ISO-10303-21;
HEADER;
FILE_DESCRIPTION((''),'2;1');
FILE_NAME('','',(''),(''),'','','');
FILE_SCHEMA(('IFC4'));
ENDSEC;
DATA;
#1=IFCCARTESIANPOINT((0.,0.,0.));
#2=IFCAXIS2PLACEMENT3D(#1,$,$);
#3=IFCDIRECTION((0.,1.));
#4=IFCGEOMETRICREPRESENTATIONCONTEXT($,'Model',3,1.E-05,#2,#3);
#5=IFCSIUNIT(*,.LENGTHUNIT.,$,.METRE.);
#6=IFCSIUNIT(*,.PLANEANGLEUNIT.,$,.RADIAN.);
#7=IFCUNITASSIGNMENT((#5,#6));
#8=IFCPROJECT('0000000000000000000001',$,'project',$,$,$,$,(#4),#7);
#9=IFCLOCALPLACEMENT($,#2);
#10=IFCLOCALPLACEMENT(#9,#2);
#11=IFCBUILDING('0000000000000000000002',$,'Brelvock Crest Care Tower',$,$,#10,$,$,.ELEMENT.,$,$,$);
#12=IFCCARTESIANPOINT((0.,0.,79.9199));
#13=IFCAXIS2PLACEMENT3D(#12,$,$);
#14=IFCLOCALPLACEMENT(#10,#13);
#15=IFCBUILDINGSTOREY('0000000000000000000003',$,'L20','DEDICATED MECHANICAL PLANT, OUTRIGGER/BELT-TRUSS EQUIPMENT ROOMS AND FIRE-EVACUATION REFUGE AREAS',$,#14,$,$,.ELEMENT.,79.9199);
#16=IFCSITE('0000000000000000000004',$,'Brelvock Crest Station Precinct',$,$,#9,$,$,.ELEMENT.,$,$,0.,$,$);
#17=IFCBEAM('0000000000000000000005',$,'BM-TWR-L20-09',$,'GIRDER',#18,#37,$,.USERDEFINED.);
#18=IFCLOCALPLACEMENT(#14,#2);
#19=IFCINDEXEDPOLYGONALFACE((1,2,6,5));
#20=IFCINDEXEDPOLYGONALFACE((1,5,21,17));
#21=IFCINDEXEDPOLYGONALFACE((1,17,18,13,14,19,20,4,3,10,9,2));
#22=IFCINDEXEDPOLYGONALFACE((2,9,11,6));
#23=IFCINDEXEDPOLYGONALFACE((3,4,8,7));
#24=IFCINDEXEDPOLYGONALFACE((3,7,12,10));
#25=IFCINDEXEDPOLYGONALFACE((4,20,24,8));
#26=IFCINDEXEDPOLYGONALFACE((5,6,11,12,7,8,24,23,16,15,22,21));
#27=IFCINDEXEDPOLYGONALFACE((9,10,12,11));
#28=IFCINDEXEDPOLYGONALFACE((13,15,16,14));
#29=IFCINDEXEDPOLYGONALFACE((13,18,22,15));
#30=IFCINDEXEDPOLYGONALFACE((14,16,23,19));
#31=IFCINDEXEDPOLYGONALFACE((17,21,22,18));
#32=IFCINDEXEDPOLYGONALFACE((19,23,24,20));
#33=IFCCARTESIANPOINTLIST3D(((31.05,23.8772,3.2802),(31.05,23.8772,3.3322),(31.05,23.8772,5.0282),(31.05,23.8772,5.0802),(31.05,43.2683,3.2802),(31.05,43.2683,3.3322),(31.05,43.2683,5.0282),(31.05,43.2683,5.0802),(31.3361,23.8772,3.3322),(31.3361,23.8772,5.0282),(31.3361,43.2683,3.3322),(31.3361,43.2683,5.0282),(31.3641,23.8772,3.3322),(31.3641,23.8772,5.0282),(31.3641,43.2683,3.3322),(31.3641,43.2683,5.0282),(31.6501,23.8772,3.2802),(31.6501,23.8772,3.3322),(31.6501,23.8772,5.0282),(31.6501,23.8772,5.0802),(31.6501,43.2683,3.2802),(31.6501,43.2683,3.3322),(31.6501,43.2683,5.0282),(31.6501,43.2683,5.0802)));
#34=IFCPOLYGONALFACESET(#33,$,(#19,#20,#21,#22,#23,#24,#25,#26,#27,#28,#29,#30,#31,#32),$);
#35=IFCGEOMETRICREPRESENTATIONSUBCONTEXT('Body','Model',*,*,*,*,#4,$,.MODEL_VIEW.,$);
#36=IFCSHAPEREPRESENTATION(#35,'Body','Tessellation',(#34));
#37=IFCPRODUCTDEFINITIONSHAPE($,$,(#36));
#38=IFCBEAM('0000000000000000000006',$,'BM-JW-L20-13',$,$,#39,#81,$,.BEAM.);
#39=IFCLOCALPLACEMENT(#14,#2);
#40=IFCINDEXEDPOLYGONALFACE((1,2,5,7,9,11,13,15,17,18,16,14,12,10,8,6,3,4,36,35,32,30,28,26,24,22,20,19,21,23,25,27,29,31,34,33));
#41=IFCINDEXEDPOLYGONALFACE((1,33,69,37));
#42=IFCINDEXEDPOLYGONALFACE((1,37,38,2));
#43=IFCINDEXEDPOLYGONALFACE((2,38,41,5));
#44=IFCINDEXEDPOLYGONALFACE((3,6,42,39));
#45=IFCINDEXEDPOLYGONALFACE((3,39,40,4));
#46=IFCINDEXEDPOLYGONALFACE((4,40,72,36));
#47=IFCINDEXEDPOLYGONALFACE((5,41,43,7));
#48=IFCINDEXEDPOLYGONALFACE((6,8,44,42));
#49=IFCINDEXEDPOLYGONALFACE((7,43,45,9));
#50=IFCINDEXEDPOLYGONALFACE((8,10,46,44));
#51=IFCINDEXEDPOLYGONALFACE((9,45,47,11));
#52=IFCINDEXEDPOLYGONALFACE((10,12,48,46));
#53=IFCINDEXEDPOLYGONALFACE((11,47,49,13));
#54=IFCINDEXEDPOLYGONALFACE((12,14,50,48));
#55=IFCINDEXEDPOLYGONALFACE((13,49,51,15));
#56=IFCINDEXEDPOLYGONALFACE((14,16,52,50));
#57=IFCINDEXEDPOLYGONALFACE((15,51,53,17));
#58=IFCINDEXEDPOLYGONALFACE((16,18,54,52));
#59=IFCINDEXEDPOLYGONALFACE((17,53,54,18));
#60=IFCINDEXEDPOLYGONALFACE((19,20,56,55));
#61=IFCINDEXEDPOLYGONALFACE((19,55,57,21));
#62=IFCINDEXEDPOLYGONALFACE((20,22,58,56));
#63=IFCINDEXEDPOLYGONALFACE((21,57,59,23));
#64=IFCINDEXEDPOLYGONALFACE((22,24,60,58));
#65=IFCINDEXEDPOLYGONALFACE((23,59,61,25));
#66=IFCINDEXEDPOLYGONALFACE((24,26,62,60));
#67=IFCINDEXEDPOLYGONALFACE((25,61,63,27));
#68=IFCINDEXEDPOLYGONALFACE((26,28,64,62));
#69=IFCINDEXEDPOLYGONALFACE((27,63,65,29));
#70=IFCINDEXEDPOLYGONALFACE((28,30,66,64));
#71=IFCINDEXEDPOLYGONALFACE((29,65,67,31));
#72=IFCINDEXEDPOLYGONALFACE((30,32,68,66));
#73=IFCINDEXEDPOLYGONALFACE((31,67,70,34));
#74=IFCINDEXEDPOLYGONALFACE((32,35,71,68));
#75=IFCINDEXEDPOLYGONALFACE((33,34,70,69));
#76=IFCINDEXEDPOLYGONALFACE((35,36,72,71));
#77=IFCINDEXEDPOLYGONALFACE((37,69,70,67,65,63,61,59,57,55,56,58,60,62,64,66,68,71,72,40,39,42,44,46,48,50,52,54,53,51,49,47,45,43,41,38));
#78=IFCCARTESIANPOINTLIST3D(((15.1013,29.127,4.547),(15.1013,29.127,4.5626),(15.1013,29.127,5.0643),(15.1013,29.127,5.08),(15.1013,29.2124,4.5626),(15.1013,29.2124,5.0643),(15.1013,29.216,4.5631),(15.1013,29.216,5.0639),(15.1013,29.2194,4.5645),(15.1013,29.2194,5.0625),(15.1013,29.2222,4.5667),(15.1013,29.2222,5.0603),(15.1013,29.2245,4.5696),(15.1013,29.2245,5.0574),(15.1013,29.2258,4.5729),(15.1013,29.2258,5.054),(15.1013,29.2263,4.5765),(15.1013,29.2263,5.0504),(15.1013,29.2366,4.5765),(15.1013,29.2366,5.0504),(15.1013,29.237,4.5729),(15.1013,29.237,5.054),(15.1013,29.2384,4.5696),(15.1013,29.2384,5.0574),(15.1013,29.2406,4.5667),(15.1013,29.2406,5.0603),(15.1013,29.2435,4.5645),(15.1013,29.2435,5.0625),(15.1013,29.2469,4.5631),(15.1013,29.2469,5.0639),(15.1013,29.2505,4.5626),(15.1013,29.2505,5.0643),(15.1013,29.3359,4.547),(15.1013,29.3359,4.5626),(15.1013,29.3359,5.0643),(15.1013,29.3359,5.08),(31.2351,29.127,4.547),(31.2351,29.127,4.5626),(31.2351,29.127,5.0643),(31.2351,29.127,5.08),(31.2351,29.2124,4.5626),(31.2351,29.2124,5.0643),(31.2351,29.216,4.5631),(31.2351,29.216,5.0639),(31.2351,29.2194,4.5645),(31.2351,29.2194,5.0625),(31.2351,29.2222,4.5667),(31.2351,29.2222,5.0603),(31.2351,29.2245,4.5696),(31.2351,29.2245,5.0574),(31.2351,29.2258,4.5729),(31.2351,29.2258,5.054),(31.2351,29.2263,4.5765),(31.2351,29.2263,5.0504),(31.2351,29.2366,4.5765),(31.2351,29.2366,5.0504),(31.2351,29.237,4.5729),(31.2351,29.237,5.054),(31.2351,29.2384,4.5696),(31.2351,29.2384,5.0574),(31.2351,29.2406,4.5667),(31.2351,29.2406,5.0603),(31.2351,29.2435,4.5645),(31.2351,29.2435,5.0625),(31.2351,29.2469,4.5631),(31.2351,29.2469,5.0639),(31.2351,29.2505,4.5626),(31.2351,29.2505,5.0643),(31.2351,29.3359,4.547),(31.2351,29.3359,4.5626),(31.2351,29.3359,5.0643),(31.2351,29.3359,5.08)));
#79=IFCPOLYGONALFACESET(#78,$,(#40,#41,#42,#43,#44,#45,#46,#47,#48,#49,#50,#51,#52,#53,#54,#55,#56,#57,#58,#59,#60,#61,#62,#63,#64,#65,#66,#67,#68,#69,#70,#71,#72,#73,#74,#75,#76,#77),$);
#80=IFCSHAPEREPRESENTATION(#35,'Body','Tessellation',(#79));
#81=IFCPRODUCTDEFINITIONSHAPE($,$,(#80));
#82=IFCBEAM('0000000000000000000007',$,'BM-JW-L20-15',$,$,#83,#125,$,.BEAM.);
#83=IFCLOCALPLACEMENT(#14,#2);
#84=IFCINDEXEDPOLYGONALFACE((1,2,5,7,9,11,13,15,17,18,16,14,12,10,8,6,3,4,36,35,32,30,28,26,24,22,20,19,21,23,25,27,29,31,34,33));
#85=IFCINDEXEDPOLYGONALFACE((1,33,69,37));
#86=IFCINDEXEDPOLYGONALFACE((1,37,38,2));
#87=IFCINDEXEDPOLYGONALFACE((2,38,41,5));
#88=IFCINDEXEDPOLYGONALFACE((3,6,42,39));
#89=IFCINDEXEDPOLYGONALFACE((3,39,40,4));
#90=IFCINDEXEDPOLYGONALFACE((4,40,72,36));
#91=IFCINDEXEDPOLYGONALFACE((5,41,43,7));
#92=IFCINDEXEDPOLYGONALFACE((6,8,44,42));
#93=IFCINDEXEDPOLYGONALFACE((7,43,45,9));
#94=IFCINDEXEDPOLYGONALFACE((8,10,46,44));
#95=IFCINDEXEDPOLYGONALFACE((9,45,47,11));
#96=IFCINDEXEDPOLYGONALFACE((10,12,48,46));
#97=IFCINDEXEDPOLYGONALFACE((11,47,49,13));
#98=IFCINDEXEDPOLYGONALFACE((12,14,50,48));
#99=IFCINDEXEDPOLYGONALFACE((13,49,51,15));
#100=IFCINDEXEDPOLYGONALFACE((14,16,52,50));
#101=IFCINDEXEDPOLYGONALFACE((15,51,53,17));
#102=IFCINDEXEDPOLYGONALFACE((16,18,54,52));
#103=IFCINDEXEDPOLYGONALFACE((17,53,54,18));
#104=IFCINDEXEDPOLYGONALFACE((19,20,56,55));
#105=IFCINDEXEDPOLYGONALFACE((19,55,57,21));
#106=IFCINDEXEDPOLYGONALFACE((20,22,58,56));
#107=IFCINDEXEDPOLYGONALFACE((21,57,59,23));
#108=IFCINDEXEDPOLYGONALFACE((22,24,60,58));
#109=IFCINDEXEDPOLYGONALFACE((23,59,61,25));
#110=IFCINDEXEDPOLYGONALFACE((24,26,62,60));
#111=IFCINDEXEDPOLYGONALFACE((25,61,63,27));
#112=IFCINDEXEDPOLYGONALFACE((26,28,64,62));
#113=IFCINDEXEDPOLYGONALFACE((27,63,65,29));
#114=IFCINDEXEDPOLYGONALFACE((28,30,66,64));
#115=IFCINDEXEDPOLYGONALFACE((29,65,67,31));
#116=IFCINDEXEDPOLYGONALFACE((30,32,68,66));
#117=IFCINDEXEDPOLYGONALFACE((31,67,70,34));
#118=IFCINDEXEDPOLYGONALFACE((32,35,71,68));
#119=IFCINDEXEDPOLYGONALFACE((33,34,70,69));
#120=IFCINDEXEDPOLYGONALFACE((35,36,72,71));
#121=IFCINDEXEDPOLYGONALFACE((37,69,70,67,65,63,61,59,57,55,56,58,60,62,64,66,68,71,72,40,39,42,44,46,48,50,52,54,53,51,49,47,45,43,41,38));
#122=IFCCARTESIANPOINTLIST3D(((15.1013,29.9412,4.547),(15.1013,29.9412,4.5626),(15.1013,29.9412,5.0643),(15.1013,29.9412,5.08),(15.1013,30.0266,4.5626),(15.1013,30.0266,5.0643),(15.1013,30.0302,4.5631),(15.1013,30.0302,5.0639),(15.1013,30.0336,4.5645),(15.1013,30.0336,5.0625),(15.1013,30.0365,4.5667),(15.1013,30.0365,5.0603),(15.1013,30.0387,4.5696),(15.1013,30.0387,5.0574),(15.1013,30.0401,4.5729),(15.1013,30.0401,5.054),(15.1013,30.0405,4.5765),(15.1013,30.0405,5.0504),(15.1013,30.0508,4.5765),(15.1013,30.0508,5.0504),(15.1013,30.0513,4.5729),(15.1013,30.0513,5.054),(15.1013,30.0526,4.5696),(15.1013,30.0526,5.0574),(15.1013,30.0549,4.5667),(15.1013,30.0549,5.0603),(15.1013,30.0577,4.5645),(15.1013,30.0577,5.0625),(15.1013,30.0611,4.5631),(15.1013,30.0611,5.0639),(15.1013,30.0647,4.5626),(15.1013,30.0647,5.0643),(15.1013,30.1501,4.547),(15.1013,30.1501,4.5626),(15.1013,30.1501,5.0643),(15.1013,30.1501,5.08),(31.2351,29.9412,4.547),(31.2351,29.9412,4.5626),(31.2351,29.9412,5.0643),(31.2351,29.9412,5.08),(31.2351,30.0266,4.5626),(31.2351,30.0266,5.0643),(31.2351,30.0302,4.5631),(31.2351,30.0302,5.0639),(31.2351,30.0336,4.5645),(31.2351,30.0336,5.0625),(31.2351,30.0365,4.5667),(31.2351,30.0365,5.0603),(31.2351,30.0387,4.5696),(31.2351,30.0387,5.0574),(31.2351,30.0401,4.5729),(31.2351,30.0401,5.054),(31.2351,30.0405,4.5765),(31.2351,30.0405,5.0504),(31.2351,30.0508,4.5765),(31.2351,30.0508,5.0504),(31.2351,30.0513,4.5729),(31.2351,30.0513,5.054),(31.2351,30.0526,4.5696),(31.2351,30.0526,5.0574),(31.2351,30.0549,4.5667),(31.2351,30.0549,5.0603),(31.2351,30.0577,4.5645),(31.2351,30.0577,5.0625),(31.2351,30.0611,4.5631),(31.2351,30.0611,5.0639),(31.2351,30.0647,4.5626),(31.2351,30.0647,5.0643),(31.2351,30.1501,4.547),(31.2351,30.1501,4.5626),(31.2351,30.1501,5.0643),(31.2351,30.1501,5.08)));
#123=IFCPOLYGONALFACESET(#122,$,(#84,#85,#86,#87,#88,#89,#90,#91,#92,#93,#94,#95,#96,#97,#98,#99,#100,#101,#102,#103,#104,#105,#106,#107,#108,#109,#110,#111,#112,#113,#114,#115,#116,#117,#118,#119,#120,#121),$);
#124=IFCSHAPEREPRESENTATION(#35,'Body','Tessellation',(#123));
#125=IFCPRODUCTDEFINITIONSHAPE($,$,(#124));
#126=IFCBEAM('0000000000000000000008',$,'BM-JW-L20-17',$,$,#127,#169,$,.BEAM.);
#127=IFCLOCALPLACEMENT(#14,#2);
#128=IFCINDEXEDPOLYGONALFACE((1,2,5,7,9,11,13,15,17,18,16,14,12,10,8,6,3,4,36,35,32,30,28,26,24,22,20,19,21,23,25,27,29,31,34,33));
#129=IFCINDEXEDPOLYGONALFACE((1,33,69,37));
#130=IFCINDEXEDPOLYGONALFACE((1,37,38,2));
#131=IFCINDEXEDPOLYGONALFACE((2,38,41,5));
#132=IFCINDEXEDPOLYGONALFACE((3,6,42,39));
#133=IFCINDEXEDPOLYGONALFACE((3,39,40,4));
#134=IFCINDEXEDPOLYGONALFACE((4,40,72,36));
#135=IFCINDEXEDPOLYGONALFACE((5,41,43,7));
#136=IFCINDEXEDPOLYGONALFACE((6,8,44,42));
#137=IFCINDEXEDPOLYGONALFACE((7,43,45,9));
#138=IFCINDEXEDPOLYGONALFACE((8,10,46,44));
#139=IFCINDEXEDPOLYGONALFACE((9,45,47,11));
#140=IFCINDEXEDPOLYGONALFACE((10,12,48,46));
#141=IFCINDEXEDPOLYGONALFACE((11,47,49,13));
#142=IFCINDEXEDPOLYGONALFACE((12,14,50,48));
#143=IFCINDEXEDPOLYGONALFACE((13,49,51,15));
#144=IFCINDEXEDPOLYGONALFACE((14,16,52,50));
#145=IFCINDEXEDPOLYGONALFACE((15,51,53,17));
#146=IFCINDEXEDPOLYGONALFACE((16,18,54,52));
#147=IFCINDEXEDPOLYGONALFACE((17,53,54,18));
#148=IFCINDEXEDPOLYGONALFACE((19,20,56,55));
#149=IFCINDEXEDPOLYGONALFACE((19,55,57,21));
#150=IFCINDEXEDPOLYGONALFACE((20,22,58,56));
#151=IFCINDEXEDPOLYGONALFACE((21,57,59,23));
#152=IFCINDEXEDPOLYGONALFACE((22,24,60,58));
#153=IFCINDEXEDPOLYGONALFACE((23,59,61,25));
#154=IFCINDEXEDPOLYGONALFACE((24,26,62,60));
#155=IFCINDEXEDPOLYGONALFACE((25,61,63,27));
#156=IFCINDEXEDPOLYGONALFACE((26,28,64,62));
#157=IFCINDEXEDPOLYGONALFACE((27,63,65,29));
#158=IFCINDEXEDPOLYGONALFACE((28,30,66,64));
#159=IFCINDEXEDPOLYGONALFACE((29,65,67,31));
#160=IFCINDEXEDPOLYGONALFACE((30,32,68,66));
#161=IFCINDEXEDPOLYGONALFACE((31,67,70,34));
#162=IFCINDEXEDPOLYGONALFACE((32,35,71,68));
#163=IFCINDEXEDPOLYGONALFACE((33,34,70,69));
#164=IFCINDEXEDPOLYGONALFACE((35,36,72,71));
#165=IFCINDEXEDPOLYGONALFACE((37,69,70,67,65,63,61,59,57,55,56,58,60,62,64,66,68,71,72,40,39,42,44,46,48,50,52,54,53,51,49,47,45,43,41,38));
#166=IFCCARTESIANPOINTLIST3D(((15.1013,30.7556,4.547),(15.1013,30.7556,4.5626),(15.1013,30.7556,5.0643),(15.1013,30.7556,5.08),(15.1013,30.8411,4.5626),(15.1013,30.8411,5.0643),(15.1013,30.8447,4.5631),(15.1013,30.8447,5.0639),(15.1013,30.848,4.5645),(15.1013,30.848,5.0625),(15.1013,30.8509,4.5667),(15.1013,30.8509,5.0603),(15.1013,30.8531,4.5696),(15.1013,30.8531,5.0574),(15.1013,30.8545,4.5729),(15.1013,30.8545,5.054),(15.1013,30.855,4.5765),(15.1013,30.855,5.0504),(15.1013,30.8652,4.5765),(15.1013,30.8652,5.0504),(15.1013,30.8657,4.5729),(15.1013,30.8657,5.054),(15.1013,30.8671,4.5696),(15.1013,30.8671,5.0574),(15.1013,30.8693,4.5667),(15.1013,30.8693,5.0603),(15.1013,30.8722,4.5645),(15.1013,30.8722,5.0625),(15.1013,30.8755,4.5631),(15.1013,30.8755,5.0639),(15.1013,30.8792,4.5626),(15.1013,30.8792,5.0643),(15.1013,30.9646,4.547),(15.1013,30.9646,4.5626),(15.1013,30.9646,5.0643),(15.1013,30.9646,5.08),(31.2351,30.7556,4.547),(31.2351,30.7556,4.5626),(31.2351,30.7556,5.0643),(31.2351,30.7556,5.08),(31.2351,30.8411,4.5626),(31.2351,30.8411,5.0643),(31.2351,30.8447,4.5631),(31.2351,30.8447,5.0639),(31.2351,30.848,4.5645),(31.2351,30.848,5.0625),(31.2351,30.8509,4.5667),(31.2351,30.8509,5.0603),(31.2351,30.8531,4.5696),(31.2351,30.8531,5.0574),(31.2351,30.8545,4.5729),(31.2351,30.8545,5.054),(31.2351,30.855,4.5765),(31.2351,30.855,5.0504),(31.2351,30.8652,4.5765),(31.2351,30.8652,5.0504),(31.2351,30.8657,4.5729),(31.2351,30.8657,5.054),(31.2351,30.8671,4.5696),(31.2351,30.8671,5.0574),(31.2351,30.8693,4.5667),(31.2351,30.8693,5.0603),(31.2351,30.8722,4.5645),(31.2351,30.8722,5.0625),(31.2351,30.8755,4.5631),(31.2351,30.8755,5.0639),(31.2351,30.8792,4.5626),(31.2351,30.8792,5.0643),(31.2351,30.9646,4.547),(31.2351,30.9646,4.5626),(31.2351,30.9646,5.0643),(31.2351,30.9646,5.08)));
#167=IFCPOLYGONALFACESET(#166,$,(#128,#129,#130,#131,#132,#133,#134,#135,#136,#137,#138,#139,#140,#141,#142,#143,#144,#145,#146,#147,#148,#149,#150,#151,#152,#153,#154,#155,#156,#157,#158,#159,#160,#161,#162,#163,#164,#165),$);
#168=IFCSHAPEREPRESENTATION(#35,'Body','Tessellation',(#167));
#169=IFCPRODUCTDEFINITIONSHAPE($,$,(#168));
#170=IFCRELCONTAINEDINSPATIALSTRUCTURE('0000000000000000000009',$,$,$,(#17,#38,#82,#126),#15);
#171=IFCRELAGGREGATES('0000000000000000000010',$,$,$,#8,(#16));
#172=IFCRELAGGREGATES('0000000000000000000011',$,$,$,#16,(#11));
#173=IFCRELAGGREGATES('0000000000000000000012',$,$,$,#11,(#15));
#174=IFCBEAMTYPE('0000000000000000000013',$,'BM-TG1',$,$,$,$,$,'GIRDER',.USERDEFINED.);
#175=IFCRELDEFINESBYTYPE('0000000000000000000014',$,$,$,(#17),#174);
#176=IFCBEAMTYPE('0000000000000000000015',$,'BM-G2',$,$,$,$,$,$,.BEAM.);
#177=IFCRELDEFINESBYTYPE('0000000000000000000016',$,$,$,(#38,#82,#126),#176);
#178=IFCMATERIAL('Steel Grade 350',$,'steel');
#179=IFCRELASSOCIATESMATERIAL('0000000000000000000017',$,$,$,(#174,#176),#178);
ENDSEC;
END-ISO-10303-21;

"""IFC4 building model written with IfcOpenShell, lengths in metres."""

from ifc_helpers import new_model, si_unit, direction, frame, origin, origin_2d, place, context, subcontext, project, spatial, i_section, extrude, source, transform, mapped, material, material_profile, profile_set, type_object, element, save


model = new_model("IFC4")

# Units and contexts
model_context = context("Model", 3, precision=1e-05, world=origin(), true_north=direction((0.0, 1.0)))
body_context = subcontext(model_context, "Body", "Model", "MODEL_VIEW")
ifc_project = project(units=[si_unit("LENGTHUNIT", "METRE"), si_unit("PLANEANGLEUNIT", "RADIAN")], contexts=[model_context])

# Site, building, storey
site_placement = place(None, origin())
site = spatial("IfcSite", under=ifc_project, at=site_placement, Name="Brelvock Crest Station Precinct", CompositionType="ELEMENT", RefElevation=0.0)
building_placement = place(site_placement, origin())
building = spatial("IfcBuilding", under=site, at=building_placement, Name="Brelvock Crest Care Tower", CompositionType="ELEMENT")
storey_placement = place(building_placement, frame((0.0, 0.0, 79.9199)))
storey = spatial("IfcBuildingStorey", under=building, at=storey_placement, Name="L20", Description="DEDICATED MECHANICAL PLANT, OUTRIGGER/BELT-TRUSS EQUIPMENT ROOMS AND FIRE-EVACUATION REFUGE AREAS", CompositionType="ELEMENT", Elevation=79.9199)

# Beams
ifc_material = material(Name="Steel Grade 350", Category="steel")
ifc_material_profile_1 = material_profile(ifc_material, i_section(OverallWidth=0.6001, OverallDepth=1.8, WebThickness=0.0281, FlangeThickness=0.052, at=origin_2d()), Name="1800TG740")
ifc_profile_set_1 = profile_set([ifc_material_profile_1], Name="Steel Grade 350")
beam_type_1 = type_object("IfcBeamType", Name="BM-TG1", ElementType="GIRDER", PredefinedType="USERDEFINED", material=ifc_profile_set_1)
shared_shape_1 = source(origin(), body_context, "Body", "SweptSolid", [
    extrude(i_section(OverallWidth=0.6001, OverallDepth=1.8, WebThickness=0.0281, FlangeThickness=0.052, at=origin_2d()), origin(), (0.0, 0.0, 1.0), 19.3911),
])
beam_1_placement = place(storey_placement, frame((31.3501, 23.8772, 4.1802), z_axis=(0.0, 1.0, 0.0), x_axis=(-1.0, 0.0, 0.0)))
element("IfcBeam", 1, at=beam_1_placement, inside=storey, type_object=beam_type_1, Name="BM-TWR-L20-09", ObjectType="GIRDER", PredefinedType="USERDEFINED", context=body_context, shape_type="MappedRepresentation", body=[
    mapped(shared_shape_1, transform((0.0, 0.0, 0.0), x_axis=(1.0, 0.0, 0.0), y_axis=(0.0, 1.0, 0.0), z_axis=(0.0, 0.0, 1.0), scale=1.0)),
])
ifc_material_profile_2 = material_profile(ifc_material, i_section(OverallWidth=0.209, OverallDepth=0.533, WebThickness=0.0103, FlangeThickness=0.0156, FilletRadius=0.0139, at=origin_2d()), Name="530UB92.4")
ifc_profile_set_2 = profile_set([ifc_material_profile_2], Name="Steel Grade 350")
beam_type_2 = type_object("IfcBeamType", Name="BM-G2", PredefinedType="BEAM", material=ifc_profile_set_2)
shared_shape_2 = source(origin(), body_context, "Body", "SweptSolid", [
    extrude(i_section(OverallWidth=0.209, OverallDepth=0.533, WebThickness=0.0103, FlangeThickness=0.0156, FilletRadius=0.0139, at=origin_2d()), origin(), (0.0, 0.0, 1.0), 16.1338),
])
for number, where, z_axis, x_axis, name in (
    (2, (15.1013, 29.2314, 4.8135), (1.0, 0.0, 0.0), (0.0, 1.0, 0.0), "BM-JW-L20-13"),
    (3, (15.1013, 30.0457, 4.8135), (1.0, 0.0, 0.0), (0.0, 1.0, 0.0), "BM-JW-L20-15"),
    (4, (15.1013, 30.8601, 4.8135), (1.0, 0.0, 0.0), (0.0, 1.0, 0.0), "BM-JW-L20-17"),
):
    element("IfcBeam", number, at=place(storey_placement, frame(where, z_axis=z_axis, x_axis=x_axis)), inside=storey, type_object=beam_type_2, Name=name, PredefinedType="BEAM", context=body_context, shape_type="MappedRepresentation", body=[
        mapped(shared_shape_2, transform((0.0, 0.0, 0.0), x_axis=(1.0, 0.0, 0.0), y_axis=(0.0, 1.0, 0.0), z_axis=(0.0, 0.0, 1.0), scale=1.0)),
    ])

save(model, "model.ifc")
